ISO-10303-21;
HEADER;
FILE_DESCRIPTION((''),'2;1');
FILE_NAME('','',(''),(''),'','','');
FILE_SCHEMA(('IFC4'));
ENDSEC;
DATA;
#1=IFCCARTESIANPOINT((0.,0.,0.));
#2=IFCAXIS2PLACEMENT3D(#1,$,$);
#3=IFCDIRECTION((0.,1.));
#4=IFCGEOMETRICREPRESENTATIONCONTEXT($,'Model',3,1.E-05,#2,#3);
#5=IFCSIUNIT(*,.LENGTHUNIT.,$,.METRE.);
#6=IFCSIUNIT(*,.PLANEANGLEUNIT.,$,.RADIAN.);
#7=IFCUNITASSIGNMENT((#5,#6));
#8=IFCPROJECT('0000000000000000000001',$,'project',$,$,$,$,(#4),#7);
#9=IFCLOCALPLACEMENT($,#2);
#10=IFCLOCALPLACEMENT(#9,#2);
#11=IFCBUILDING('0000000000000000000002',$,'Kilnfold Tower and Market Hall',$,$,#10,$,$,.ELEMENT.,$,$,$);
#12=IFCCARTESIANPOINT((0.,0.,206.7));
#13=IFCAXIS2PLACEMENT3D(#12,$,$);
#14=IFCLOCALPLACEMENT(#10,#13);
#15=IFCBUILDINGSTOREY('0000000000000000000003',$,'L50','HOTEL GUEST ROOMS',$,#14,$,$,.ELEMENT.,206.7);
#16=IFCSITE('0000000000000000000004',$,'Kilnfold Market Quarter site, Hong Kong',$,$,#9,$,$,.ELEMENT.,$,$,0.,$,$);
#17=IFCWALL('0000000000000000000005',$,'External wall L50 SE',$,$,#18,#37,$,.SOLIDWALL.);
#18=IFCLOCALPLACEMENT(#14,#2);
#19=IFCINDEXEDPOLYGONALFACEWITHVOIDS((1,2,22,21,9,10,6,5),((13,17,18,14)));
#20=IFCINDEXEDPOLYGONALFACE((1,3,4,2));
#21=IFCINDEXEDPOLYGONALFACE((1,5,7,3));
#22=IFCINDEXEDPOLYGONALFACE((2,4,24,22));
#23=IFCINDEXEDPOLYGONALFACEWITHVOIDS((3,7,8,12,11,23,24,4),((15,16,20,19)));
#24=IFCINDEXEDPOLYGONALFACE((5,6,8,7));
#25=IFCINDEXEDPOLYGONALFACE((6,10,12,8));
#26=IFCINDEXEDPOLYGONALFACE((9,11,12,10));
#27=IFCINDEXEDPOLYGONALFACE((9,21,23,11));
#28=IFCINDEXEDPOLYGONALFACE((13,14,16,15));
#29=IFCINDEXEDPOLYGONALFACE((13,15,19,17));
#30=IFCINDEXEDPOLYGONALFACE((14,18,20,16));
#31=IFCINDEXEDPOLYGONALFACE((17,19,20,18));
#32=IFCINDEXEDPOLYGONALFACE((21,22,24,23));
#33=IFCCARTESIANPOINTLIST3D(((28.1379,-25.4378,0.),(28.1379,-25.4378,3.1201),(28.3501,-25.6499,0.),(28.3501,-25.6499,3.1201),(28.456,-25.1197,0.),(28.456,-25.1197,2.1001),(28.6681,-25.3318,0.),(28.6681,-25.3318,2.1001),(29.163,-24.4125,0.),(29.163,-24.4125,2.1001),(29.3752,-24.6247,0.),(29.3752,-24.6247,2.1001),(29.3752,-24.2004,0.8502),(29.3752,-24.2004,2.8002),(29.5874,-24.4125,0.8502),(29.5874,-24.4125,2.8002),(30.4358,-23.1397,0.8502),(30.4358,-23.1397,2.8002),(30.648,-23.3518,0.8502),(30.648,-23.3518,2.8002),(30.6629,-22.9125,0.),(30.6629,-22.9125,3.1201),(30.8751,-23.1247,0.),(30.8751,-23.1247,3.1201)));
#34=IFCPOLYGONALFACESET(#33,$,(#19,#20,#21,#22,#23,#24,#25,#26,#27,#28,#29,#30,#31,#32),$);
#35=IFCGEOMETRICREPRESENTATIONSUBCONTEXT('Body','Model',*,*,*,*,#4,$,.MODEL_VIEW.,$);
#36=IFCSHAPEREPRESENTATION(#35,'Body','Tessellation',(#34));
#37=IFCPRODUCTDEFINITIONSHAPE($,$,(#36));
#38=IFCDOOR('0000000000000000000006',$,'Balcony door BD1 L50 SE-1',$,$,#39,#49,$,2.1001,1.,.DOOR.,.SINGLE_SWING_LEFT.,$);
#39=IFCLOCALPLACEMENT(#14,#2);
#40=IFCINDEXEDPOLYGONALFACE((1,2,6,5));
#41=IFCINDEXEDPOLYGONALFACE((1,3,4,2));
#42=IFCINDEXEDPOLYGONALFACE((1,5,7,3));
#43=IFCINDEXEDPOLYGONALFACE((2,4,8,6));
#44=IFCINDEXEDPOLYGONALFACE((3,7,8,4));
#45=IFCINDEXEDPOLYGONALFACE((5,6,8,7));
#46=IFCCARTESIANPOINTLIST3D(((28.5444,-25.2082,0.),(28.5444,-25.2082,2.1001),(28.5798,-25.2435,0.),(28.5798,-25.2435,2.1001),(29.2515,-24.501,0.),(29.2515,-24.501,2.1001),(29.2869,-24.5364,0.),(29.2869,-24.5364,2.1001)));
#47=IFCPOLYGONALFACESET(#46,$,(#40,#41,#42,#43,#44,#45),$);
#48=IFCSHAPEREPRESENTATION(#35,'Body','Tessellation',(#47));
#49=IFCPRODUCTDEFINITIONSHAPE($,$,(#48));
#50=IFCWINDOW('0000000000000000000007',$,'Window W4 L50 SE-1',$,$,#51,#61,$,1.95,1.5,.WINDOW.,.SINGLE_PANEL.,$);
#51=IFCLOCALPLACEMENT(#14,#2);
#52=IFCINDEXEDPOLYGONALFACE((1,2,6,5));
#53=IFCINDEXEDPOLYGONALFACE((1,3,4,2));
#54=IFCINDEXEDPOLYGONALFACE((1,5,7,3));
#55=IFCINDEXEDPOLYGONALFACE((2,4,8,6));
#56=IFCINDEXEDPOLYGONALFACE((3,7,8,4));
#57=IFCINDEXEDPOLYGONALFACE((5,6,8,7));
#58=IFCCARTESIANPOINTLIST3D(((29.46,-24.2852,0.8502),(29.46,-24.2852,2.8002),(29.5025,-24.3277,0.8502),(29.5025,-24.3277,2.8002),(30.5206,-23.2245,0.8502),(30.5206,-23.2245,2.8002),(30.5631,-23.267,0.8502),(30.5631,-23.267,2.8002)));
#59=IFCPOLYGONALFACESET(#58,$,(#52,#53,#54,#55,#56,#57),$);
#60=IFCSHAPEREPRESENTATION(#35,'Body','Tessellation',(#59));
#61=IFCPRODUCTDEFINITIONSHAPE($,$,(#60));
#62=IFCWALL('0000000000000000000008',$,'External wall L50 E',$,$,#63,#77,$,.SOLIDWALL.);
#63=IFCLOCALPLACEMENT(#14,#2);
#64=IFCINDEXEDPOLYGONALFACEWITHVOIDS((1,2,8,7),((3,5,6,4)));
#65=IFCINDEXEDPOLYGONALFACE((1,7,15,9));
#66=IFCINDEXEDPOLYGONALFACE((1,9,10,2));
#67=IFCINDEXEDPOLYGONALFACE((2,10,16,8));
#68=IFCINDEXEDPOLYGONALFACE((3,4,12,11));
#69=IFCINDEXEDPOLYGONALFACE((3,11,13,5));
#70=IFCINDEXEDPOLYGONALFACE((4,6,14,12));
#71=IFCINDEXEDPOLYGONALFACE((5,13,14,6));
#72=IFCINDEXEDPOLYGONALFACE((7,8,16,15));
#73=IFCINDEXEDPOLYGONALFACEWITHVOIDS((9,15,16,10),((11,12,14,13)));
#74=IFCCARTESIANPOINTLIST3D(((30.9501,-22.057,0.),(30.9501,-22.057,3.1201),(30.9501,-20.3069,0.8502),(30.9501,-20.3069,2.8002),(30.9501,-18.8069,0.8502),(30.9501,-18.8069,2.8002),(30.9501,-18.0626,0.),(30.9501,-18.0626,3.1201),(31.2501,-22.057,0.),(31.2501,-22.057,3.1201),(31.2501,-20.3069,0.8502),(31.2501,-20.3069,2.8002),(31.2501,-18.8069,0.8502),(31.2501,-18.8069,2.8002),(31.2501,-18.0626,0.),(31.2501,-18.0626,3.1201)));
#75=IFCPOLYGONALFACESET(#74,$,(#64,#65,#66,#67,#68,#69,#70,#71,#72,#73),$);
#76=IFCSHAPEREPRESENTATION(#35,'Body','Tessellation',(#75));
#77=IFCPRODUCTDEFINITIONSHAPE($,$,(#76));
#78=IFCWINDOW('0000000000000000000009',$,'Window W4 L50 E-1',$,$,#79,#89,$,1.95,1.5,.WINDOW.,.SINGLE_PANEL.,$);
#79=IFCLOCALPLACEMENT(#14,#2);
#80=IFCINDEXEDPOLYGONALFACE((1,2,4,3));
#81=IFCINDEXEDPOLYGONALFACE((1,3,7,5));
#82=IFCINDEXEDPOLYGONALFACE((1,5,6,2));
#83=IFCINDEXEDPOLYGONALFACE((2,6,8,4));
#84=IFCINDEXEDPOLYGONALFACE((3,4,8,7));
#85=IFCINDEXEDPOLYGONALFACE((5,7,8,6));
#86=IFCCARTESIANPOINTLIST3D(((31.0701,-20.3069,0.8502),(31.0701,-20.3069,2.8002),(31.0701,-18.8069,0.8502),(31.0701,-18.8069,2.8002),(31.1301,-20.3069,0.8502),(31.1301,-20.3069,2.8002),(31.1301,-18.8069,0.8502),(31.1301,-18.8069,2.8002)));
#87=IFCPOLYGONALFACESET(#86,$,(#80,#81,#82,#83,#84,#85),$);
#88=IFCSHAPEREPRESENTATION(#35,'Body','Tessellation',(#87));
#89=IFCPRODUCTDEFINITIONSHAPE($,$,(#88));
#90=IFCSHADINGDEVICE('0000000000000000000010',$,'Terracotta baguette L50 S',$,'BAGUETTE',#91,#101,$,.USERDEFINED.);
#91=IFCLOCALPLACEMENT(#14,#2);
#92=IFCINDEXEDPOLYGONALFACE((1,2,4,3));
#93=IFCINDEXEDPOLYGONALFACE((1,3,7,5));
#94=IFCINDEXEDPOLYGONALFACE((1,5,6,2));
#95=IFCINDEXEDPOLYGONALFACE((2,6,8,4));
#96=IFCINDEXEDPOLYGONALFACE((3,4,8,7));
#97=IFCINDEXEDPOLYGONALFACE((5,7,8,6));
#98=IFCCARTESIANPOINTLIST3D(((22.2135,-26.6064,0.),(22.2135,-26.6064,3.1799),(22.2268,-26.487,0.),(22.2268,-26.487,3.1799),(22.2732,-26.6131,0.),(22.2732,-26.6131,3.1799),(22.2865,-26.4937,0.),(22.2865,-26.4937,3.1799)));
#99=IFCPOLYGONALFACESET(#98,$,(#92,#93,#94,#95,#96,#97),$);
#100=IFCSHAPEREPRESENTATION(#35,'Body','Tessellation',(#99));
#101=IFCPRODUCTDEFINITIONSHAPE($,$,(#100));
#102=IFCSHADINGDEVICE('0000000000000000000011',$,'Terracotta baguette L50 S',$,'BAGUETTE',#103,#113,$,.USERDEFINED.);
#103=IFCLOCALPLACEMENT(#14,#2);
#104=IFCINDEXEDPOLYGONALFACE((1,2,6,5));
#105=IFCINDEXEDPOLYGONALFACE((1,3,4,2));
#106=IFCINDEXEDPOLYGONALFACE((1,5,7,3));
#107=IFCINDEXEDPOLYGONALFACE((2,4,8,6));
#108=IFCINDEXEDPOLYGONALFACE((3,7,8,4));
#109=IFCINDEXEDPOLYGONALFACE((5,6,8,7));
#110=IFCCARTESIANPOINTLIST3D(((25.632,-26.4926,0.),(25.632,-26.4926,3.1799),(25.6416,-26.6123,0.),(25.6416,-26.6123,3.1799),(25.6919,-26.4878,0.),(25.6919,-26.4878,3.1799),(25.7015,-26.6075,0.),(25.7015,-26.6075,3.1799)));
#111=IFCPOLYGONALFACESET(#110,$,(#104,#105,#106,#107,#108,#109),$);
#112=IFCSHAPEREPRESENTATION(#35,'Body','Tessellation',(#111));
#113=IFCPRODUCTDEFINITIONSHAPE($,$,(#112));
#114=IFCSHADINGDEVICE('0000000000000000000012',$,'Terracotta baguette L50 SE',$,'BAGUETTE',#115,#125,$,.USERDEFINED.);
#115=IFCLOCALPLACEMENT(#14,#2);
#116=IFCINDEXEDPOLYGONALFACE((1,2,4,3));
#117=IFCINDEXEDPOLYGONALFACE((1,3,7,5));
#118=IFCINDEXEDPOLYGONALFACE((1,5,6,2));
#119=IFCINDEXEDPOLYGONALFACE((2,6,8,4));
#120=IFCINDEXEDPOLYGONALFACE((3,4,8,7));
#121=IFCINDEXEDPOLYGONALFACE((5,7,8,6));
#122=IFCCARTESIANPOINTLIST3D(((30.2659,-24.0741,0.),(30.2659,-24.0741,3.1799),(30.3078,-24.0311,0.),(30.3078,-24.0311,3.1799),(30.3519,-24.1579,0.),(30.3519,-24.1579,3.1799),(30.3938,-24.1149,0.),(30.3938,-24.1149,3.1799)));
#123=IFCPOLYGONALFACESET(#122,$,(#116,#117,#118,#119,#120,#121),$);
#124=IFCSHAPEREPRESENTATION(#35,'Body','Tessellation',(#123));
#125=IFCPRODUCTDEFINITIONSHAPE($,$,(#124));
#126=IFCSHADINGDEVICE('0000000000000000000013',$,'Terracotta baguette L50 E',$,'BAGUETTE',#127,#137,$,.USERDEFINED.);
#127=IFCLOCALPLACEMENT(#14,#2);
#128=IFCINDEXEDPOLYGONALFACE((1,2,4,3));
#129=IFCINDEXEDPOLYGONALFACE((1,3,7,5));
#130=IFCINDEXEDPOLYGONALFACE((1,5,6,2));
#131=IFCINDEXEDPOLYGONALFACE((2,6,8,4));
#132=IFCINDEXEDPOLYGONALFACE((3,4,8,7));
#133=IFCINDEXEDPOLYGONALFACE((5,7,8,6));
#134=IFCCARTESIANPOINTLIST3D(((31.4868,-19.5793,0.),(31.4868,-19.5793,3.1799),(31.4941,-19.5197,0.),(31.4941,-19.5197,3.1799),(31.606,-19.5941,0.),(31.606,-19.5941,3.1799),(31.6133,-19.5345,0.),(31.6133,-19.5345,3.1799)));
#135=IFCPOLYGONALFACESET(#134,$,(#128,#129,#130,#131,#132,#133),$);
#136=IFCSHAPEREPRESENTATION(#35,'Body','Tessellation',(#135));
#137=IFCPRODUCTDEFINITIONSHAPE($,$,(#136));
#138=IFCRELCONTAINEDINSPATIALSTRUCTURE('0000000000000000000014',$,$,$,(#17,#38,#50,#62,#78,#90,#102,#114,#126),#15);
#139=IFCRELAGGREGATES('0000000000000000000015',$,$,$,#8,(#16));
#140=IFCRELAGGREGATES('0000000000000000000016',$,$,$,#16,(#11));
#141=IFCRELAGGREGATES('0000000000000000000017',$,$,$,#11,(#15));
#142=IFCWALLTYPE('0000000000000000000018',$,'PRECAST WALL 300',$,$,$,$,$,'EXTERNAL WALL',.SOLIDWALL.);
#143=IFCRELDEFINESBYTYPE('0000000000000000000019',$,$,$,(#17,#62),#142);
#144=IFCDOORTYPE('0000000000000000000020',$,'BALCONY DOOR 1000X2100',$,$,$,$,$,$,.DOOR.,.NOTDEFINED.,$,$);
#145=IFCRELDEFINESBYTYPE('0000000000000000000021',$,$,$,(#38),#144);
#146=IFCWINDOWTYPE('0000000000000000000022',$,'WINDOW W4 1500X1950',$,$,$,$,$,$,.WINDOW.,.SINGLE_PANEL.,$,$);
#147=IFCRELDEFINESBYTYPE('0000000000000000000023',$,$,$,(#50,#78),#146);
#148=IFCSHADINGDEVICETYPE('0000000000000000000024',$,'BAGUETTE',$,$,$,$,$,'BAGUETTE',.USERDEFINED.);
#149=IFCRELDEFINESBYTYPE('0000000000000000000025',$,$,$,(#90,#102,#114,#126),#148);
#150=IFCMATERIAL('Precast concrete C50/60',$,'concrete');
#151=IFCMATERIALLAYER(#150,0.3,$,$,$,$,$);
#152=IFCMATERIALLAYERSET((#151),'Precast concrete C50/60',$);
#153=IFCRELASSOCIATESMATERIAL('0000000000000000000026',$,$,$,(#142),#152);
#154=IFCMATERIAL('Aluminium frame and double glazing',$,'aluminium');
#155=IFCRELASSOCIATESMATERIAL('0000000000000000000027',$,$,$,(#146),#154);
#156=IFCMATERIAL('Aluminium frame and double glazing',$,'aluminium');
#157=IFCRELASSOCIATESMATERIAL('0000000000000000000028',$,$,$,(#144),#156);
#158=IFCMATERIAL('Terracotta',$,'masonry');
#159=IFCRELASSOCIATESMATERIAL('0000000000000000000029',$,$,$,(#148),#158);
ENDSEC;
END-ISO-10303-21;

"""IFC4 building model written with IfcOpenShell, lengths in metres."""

from ifc_helpers import new_model, si_unit, direction, frame, frame_2d, origin, origin_2d, place, context, subcontext, project, spatial, rectangle, extrude, source, transform, mapped, material, layer, layer_set, material_profile, profile_set, type_object, element, fill, save


model = new_model("IFC4")

# Units and contexts
model_context = context("Model", 3, precision=1e-05, world=origin(), true_north=direction((0.0, 1.0)))
body_context = subcontext(model_context, "Body", "Model", "MODEL_VIEW")
ifc_project = project(units=[si_unit("LENGTHUNIT", "METRE"), si_unit("PLANEANGLEUNIT", "RADIAN")], contexts=[model_context])

# Site, building, storey
site_placement = place(None, origin())
site = spatial("IfcSite", under=ifc_project, at=site_placement, Name="Kilnfold Market Quarter site, Hong Kong", CompositionType="ELEMENT", RefElevation=0.0)
building_placement = place(site_placement, origin())
building = spatial("IfcBuilding", under=site, at=building_placement, Name="Kilnfold Tower and Market Hall", CompositionType="ELEMENT")
storey_placement = place(building_placement, frame((0.0, 0.0, 206.7)))
storey = spatial("IfcBuildingStorey", under=building, at=storey_placement, Name="L50", Description="HOTEL GUEST ROOMS", CompositionType="ELEMENT", Elevation=206.7)

# Shared definitions
ifc_material_1 = material(Name="Precast concrete C50/60", Category="concrete")
ifc_layer_1 = layer(ifc_material_1, 0.3)
ifc_layer_set_1 = layer_set([ifc_layer_1], Name="Precast concrete C50/60")
wall_type_1 = type_object("IfcWallType", Name="PRECAST WALL 300", ElementType="EXTERNAL WALL", PredefinedType="SOLIDWALL", material=ifc_layer_set_1)
ifc_material_2 = material(Name="Aluminium frame and double glazing", Category="aluminium")
window_type = type_object("IfcWindowType", Name="WINDOW W4 1500X1950", PartitioningType="SINGLE_PANEL", PredefinedType="WINDOW", material=ifc_material_2)

# Wall, openings, door, window
shared_shape_1 = source(origin(), body_context, "Body", "SweptSolid", [
    extrude(rectangle(XDim=3.571, YDim=0.3, at=frame_2d((1.7856, 0.0))), origin(), (0.0, 0.0, 1.0), 3.1201),
])
wall_1_placement = place(storey_placement, frame((28.2439, -25.5439, 0.0), z_axis=(0.0, 0.0, 1.0), x_axis=(0.707073, 0.707141, 0.0)))
wall_1 = element("IfcWall", 1, at=wall_1_placement, inside=storey, type_object=wall_type_1, Name="External wall L50 SE", PredefinedType="SOLIDWALL", context=body_context, shape_type="MappedRepresentation", body=[
    mapped(shared_shape_1, transform((0.0, 0.0, 0.0))),
])
opening_1_placement = place(wall_1_placement, frame((1.75, 0.0, 0.8501)))
opening_1 = element("IfcOpeningElement", 2, at=opening_1_placement, cuts=wall_1, PredefinedType="OPENING", context=body_context, shape_type="SweptSolid", body=[
    extrude(rectangle(XDim=1.5, YDim=1.95, at=frame_2d((0.75, 0.9751))), frame((0.0, 0.1602, 0.0), z_axis=(0.0, -1.0, 0.0), x_axis=(1.0, 0.0, 0.0)), (0.0, 0.0, 1.0), 0.3201),
])
opening_2_placement = place(wall_1_placement, frame((0.45, 0.0, 0.0)))
opening_2 = element("IfcOpeningElement", 3, at=opening_2_placement, cuts=wall_1, PredefinedType="OPENING", context=body_context, shape_type="SweptSolid", body=[
    extrude(rectangle(XDim=1.0, YDim=2.1001, at=frame_2d((0.5, 1.05))), frame((0.0, 0.1602, 0.0), z_axis=(0.0, -1.0, 0.0), x_axis=(1.0, 0.0, 0.0)), (0.0, 0.0, 1.0), 0.3201),
])
ifc_material_3 = material(Name="Aluminium frame and double glazing", Category="aluminium")
door_type_1 = type_object("IfcDoorType", Name="BALCONY DOOR 1000X2100", OperationType="NOTDEFINED", PredefinedType="DOOR", material=ifc_material_3)
door_1_placement = place(opening_2_placement, origin())
door_1 = element("IfcDoor", 4, at=door_1_placement, inside=storey, type_object=door_type_1, Name="Balcony door BD1 L50 SE-1", OperationType="SINGLE_SWING_LEFT", OverallHeight=2.1001, OverallWidth=1.0, PredefinedType="DOOR", context=body_context, shape_type="SweptSolid", body=[
    extrude(rectangle(XDim=1.0, YDim=2.1001, at=frame_2d((0.5, 1.05))), frame((0.0, 0.0249, 0.0), z_axis=(0.0, -1.0, 0.0), x_axis=(1.0, 0.0, 0.0)), (0.0, 0.0, 1.0), 0.05),
])
fill(opening_2, door_1)
window_1_placement = place(opening_1_placement, origin())
window_1 = element("IfcWindow", 5, at=window_1_placement, inside=storey, type_object=window_type, Name="Window W4 L50 SE-1", OverallHeight=1.95, OverallWidth=1.5, PartitioningType="SINGLE_PANEL", PredefinedType="WINDOW", context=body_context, shape_type="SweptSolid", body=[
    extrude(rectangle(XDim=1.5, YDim=1.95, at=frame_2d((0.75, 0.9751))), frame((0.0, 0.03, 0.0), z_axis=(0.0, -1.0, 0.0), x_axis=(1.0, 0.0, 0.0)), (0.0, 0.0, 1.0), 0.0601),
])
fill(opening_1, window_1)

# Wall, opening, window
shared_shape_2 = source(origin(), body_context, "Body", "SweptSolid", [
    extrude(rectangle(XDim=3.9944, YDim=0.3, at=frame_2d((1.9971, 0.0))), origin(), (0.0, 0.0, 1.0), 3.1201),
])
wall_2_placement = place(storey_placement, frame((31.1001, -22.0569, 0.0), z_axis=(0.0, 0.0, 1.0), x_axis=(0.0, 1.0, 0.0)))
wall_2 = element("IfcWall", 6, at=wall_2_placement, inside=storey, type_object=wall_type_1, Name="External wall L50 E", PredefinedType="SOLIDWALL", context=body_context, shape_type="MappedRepresentation", body=[
    mapped(shared_shape_2, transform((0.0, 0.0, 0.0))),
])
opening_3_placement = place(wall_2_placement, frame((1.75, 0.0, 0.8501)))
opening_3 = element("IfcOpeningElement", 7, at=opening_3_placement, cuts=wall_2, PredefinedType="OPENING", context=body_context, shape_type="SweptSolid", body=[
    extrude(rectangle(XDim=1.5, YDim=1.95, at=frame_2d((0.75, 0.9751))), frame((0.0, 0.1602, 0.0), z_axis=(0.0, -1.0, 0.0), x_axis=(1.0, 0.0, 0.0)), (0.0, 0.0, 1.0), 0.3201),
])
window_2_placement = place(opening_3_placement, origin())
window_2 = element("IfcWindow", 8, at=window_2_placement, inside=storey, type_object=window_type, Name="Window W4 L50 E-1", OverallHeight=1.95, OverallWidth=1.5, PartitioningType="SINGLE_PANEL", PredefinedType="WINDOW", context=body_context, shape_type="SweptSolid", body=[
    extrude(rectangle(XDim=1.5, YDim=1.95, at=frame_2d((0.75, 0.9751))), frame((0.0, 0.03, 0.0), z_axis=(0.0, -1.0, 0.0), x_axis=(1.0, 0.0, 0.0)), (0.0, 0.0, 1.0), 0.0601),
])
fill(opening_3, window_2)

# Shading devices
ifc_material_4 = material(Name="Terracotta", Category="masonry")
ifc_material_profile_1 = material_profile(ifc_material_4, rectangle(XDim=0.0601, YDim=0.1201, at=origin_2d()), Name="BAG 60x120")
ifc_profile_set_1 = profile_set([ifc_material_profile_1], Name="Terracotta")
shading_device_type = type_object("IfcShadingDeviceType", Name="BAGUETTE", ElementType="BAGUETTE", PredefinedType="USERDEFINED", material=ifc_profile_set_1)
shared_shape_3 = source(origin(), body_context, "Body", "SweptSolid", [
    extrude(rectangle(XDim=0.0601, YDim=0.1201, at=origin_2d()), origin(), (0.0, 0.0, 1.0), 3.1799),
])
for number, where, z_axis, x_axis, name in (
    (9, (22.25, -26.55, 0.0), (0.0, 0.0, 1.0), (0.993811, -0.111087, 0.0), "Terracotta baguette L50 S"),
    (10, (25.6667, -26.55, 0.0), (0.0, 0.0, 1.0), (0.996797, 0.079978, 0.0), "Terracotta baguette L50 S"),
    (11, (30.3298, -24.0945, 0.0), (0.0, 0.0, 1.0), (0.697867, 0.716228, 0.0), "Terracotta baguette L50 SE"),
    (12, (31.55, -19.5569, 0.0), (0.0, 0.0, 1.0), (0.123028, 0.992403, 0.0), "Terracotta baguette L50 E"),
):
    element("IfcShadingDevice", number, at=place(storey_placement, frame(where, z_axis=z_axis, x_axis=x_axis)), inside=storey, type_object=shading_device_type, Name=name, ObjectType="BAGUETTE", PredefinedType="USERDEFINED", context=body_context, shape_type="MappedRepresentation", body=[
        mapped(shared_shape_3, transform((0.0, 0.0, 0.0))),
    ])

save(model, "model.ifc")
